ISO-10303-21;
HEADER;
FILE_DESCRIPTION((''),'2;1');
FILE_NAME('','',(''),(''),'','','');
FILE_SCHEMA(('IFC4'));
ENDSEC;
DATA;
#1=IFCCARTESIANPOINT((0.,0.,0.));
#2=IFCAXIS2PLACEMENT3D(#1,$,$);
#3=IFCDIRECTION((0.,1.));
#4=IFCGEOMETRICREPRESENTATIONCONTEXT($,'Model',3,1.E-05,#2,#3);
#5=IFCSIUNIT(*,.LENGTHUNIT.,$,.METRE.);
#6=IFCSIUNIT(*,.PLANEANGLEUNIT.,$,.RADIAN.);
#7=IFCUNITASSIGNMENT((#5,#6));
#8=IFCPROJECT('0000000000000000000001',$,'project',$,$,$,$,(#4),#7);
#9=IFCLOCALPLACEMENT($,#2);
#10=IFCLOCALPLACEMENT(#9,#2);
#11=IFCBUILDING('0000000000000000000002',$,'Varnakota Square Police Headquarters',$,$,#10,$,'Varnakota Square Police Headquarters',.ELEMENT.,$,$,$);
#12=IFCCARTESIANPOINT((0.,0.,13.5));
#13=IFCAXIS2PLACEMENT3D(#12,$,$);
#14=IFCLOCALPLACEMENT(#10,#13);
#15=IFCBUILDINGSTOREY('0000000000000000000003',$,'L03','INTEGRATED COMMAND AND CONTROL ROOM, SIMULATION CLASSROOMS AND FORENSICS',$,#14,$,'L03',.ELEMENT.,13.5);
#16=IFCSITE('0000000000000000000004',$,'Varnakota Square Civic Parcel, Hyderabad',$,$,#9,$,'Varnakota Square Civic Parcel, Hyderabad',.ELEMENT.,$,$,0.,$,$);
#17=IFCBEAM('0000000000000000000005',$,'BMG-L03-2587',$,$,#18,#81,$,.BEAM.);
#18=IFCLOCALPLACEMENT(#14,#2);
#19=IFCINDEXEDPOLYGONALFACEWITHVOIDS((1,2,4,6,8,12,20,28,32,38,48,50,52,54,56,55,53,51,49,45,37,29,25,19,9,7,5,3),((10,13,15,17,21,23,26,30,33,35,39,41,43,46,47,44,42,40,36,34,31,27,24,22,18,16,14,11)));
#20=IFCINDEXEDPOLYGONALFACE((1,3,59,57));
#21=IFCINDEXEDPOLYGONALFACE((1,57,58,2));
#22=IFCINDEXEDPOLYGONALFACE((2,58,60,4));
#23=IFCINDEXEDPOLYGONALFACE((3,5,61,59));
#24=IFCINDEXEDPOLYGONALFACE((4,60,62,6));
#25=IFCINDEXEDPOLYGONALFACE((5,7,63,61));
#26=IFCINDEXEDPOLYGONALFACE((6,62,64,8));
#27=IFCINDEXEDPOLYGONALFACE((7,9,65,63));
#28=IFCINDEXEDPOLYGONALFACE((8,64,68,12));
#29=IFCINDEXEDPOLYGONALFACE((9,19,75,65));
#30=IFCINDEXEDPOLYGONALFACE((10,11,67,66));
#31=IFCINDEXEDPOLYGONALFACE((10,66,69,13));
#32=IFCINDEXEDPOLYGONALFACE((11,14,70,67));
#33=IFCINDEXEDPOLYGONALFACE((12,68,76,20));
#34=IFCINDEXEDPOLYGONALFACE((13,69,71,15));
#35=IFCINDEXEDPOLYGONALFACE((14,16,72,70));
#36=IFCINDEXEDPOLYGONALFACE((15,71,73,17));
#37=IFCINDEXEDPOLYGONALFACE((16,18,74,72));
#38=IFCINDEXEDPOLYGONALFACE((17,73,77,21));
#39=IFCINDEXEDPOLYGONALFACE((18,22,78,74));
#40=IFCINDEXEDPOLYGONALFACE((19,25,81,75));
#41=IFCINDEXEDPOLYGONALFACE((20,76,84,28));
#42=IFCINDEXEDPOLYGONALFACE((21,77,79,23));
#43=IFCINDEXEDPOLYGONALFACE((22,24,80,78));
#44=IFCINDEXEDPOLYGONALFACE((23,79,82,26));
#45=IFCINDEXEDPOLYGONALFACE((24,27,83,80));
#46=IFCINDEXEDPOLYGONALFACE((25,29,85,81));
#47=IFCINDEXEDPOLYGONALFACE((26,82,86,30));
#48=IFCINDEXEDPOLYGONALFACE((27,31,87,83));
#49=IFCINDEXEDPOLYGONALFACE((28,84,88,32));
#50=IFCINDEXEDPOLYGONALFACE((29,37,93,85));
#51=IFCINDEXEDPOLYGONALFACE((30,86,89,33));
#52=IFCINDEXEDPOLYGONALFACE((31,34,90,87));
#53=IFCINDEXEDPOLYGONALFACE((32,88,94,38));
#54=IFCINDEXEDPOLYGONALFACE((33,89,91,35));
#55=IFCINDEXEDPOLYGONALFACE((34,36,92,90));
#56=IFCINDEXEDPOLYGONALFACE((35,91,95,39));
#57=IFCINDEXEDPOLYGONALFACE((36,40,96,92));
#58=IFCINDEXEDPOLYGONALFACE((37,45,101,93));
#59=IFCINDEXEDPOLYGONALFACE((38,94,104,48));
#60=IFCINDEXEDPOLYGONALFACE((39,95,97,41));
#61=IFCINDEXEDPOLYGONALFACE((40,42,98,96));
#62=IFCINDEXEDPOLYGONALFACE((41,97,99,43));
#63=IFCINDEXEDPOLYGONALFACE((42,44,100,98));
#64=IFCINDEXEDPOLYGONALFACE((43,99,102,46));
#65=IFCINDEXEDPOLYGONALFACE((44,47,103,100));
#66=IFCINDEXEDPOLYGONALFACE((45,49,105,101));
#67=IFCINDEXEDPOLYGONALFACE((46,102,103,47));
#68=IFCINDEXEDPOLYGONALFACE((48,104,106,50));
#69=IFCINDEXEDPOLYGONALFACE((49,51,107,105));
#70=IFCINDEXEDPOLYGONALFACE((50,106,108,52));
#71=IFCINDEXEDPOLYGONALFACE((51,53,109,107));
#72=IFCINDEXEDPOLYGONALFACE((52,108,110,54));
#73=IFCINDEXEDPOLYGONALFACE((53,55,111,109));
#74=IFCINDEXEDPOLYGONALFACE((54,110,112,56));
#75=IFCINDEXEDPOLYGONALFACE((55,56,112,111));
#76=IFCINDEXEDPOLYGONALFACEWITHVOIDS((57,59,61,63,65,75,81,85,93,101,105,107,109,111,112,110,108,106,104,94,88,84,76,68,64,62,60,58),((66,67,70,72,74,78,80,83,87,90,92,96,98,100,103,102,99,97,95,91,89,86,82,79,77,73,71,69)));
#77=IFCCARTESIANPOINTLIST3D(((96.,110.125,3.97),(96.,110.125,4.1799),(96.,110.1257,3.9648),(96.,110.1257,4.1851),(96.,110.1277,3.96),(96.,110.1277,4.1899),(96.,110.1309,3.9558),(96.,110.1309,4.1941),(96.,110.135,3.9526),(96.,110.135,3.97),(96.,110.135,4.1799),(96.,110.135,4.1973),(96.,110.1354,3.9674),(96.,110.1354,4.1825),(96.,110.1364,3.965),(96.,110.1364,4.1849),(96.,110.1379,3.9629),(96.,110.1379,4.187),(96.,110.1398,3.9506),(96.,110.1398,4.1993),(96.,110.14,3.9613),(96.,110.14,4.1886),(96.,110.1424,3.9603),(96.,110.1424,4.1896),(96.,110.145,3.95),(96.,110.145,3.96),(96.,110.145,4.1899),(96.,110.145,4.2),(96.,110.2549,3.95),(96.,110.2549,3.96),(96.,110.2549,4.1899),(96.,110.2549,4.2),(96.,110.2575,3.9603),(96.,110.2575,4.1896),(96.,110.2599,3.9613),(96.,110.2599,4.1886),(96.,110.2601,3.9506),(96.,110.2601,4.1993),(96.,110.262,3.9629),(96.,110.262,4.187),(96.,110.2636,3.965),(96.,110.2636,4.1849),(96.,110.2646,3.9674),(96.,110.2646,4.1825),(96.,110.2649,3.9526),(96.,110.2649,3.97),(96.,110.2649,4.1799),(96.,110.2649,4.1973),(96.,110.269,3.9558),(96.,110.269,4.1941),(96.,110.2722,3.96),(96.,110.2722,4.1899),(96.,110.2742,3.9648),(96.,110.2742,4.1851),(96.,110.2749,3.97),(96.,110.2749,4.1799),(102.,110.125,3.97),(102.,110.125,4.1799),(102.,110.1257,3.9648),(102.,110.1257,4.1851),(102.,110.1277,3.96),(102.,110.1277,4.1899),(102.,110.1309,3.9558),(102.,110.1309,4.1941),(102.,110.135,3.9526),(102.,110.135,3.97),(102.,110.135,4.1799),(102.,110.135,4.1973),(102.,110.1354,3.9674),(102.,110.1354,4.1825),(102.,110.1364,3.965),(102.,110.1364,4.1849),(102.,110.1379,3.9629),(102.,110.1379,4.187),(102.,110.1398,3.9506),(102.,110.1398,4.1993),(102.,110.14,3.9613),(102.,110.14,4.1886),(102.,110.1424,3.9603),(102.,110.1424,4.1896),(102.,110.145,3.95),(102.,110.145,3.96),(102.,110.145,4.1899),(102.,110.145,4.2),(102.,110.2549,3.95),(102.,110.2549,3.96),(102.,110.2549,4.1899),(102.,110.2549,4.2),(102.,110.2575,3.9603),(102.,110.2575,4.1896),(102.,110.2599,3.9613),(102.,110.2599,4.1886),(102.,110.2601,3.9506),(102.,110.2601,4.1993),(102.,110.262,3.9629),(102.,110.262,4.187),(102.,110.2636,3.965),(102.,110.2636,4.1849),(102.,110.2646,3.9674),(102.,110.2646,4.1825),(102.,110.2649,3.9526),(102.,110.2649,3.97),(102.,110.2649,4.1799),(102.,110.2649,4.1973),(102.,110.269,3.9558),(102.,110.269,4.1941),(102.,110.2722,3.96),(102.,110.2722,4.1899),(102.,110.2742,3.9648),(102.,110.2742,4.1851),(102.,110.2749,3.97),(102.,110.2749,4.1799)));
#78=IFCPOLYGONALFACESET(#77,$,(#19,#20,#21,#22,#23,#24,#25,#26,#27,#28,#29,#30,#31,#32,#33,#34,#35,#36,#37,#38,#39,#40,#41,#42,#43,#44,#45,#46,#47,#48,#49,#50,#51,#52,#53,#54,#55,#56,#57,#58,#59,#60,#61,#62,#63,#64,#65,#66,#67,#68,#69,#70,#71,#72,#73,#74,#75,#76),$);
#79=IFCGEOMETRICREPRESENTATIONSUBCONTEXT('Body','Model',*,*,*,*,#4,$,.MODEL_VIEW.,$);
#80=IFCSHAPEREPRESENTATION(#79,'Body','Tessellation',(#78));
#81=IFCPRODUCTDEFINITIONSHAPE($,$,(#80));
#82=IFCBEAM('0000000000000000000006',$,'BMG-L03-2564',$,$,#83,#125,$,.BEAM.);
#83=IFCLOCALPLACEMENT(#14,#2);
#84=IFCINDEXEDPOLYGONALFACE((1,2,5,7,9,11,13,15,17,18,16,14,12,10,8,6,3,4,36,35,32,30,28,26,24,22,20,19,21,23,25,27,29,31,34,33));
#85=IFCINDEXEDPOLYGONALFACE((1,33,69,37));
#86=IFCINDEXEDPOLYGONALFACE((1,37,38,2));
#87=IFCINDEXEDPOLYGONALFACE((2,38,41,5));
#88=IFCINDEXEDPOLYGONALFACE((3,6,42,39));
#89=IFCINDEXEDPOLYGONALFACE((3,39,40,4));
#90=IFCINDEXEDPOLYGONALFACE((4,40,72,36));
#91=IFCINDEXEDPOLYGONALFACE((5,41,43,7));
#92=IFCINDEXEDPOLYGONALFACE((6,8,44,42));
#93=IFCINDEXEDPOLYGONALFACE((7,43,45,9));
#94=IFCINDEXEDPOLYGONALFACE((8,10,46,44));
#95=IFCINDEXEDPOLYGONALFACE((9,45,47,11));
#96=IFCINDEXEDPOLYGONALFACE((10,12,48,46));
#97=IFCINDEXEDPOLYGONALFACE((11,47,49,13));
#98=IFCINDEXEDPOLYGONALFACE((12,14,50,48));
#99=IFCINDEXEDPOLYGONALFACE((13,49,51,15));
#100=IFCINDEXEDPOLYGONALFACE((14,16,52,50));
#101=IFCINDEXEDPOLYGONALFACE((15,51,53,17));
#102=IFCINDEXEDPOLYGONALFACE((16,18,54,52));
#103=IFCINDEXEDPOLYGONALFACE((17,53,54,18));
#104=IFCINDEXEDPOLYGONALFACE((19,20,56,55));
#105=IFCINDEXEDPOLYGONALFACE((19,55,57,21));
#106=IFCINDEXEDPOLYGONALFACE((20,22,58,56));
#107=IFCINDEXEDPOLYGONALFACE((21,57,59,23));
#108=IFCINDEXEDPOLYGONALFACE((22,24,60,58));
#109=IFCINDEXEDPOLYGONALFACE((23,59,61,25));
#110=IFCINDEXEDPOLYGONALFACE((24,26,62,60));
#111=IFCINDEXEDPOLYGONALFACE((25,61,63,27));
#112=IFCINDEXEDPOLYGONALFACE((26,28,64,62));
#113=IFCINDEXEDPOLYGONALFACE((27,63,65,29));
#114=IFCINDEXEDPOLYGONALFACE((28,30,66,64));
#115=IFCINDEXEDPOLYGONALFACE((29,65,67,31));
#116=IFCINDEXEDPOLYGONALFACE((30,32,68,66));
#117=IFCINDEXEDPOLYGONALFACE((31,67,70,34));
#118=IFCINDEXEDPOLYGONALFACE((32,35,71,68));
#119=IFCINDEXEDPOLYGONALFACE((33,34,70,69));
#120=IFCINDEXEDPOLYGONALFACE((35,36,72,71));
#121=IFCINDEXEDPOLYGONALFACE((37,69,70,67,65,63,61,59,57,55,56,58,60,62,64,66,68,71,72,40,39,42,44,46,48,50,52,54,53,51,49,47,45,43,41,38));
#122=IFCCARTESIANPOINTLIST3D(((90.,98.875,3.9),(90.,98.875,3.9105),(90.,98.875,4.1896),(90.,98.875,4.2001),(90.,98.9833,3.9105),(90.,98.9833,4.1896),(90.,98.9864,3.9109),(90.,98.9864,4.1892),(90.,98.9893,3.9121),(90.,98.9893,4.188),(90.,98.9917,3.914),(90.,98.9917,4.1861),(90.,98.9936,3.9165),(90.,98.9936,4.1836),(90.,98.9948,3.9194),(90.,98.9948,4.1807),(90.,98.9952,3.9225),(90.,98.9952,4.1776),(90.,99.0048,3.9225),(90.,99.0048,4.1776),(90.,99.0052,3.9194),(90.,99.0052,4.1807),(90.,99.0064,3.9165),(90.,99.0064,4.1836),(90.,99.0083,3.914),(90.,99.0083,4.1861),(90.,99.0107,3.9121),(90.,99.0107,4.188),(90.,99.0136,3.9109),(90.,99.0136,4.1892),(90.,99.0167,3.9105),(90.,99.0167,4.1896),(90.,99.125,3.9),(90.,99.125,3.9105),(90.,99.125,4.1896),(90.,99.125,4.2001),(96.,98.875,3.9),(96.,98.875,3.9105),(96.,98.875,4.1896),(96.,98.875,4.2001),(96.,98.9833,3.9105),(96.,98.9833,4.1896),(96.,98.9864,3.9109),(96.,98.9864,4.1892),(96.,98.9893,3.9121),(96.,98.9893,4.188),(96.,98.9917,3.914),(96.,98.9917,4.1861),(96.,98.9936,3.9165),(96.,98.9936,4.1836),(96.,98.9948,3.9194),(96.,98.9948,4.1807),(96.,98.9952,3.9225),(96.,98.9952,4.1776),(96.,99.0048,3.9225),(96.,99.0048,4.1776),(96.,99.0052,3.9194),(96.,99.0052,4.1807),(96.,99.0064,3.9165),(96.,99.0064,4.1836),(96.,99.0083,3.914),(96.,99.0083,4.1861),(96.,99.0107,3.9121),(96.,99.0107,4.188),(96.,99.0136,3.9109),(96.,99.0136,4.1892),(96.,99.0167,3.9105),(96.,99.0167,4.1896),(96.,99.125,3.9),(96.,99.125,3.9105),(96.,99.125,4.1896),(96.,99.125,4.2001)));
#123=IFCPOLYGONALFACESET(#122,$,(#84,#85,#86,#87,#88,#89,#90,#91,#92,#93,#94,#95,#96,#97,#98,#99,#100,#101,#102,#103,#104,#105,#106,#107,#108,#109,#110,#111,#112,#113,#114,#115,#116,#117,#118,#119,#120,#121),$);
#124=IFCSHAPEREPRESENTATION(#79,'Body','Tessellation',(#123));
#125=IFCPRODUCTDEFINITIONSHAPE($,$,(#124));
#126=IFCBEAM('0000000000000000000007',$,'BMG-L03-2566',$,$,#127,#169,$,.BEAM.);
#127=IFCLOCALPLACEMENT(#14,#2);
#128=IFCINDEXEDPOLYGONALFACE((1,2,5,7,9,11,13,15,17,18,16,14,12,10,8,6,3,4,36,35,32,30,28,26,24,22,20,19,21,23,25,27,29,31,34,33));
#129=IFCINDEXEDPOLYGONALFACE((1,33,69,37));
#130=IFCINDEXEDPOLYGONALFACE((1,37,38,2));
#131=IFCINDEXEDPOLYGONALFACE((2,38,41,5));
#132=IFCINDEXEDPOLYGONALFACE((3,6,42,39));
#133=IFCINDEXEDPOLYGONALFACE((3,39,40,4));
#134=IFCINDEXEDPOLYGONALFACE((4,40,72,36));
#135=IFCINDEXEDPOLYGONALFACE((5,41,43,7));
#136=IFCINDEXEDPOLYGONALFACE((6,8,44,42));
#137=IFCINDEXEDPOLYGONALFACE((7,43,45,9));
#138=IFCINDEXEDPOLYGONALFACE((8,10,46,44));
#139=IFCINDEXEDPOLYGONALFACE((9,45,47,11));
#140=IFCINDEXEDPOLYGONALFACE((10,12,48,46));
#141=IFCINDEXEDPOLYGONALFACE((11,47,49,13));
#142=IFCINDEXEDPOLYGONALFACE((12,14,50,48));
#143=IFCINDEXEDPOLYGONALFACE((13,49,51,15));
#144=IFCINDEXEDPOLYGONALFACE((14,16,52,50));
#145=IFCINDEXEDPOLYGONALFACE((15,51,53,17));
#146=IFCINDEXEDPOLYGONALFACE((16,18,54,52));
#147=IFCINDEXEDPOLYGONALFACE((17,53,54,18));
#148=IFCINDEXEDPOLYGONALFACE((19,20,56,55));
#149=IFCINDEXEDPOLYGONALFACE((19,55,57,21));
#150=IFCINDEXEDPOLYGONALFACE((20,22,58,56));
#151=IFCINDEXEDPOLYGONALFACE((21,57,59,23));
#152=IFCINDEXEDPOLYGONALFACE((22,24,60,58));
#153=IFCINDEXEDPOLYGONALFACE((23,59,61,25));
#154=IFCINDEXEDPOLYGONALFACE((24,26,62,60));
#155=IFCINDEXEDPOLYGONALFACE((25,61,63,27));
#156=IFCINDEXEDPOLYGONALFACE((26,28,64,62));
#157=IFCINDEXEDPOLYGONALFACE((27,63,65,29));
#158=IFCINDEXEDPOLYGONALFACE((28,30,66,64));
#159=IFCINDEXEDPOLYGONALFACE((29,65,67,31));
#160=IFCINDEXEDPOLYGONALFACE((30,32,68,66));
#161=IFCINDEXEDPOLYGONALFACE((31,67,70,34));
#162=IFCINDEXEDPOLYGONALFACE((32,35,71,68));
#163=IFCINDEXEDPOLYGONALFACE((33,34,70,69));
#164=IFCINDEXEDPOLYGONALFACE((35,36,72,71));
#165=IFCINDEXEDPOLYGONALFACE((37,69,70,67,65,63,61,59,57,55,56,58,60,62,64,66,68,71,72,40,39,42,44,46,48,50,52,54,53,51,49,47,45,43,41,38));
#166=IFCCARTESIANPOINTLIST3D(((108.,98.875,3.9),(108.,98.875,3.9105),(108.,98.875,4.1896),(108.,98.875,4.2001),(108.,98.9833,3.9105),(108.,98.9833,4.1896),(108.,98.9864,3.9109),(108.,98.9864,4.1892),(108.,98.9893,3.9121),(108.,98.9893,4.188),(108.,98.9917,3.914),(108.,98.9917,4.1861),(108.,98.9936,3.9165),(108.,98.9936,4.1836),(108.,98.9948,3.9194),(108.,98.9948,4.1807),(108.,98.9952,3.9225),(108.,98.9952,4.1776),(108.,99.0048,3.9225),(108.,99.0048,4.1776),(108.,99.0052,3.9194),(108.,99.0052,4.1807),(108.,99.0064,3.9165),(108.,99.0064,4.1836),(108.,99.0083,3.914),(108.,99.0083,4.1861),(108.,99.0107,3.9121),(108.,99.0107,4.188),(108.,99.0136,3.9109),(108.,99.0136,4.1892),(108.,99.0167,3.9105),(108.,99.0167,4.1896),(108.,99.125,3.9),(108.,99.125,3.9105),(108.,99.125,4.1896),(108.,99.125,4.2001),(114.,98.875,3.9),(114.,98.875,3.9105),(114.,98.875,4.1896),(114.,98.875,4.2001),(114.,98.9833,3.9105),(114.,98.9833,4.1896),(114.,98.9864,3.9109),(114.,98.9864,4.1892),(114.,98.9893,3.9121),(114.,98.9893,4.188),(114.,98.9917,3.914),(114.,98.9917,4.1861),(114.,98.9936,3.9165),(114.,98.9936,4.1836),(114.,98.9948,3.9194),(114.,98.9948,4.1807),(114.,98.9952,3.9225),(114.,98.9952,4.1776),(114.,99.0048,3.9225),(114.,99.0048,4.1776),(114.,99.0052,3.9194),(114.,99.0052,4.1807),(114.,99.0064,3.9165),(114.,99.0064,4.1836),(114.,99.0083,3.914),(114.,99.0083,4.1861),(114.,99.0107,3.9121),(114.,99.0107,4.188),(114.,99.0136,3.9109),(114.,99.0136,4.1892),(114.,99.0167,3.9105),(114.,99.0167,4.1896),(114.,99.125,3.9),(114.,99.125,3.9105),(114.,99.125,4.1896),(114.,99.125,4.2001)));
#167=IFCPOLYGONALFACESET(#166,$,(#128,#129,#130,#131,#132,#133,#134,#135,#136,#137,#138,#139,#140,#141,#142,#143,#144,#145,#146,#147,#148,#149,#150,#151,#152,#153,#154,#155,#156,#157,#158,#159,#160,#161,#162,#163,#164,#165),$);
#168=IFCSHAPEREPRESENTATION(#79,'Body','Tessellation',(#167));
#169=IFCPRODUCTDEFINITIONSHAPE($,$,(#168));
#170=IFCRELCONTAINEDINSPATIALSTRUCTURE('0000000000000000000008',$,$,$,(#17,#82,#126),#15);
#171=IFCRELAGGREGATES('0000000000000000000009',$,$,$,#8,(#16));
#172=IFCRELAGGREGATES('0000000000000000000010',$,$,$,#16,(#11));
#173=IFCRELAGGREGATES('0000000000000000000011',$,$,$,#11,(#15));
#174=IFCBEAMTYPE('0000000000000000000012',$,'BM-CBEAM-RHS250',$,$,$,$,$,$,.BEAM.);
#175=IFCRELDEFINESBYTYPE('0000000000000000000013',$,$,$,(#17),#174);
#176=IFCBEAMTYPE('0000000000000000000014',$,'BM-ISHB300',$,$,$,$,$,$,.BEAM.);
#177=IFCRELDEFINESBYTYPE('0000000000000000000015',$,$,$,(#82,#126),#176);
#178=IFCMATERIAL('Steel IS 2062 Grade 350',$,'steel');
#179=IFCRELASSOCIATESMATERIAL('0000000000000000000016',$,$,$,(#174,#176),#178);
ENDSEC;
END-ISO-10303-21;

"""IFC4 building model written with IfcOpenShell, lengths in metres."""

from ifc_helpers import new_model, si_unit, direction, frame, origin, origin_2d, place, context, subcontext, project, spatial, hollow_rectangle, i_section, extrude, material, material_profile, profile_set, type_object, element, save


model = new_model("IFC4")

# Units and contexts
model_context = context("Model", 3, precision=1e-05, world=origin(), true_north=direction((0.0, 1.0)))
body_context = subcontext(model_context, "Body", "Model", "MODEL_VIEW")
ifc_project = project(units=[si_unit("LENGTHUNIT", "METRE"), si_unit("PLANEANGLEUNIT", "RADIAN")], contexts=[model_context])

# Site, building, storey
site_placement = place(None, origin())
site = spatial("IfcSite", under=ifc_project, at=site_placement, Name="Varnakota Square Civic Parcel, Hyderabad", LongName="Varnakota Square Civic Parcel, Hyderabad", CompositionType="ELEMENT", RefElevation=0.0)
building_placement = place(site_placement, origin())
building = spatial("IfcBuilding", under=site, at=building_placement, Name="Varnakota Square Police Headquarters", LongName="Varnakota Square Police Headquarters", CompositionType="ELEMENT")
storey_placement = place(building_placement, frame((0.0, 0.0, 13.5)))
storey = spatial("IfcBuildingStorey", under=building, at=storey_placement, Name="L03", Description="INTEGRATED COMMAND AND CONTROL ROOM, SIMULATION CLASSROOMS AND FORENSICS", LongName="L03", CompositionType="ELEMENT", Elevation=13.5)

# Shared definitions
ifc_material_1 = material(Name="Steel IS 2062 Grade 350", Category="steel")

# Beams
ifc_material_profile_1 = material_profile(ifc_material_1, hollow_rectangle(XDim=0.1499, YDim=0.25, WallThickness=0.01, InnerFilletRadius=0.01, OuterFilletRadius=0.02, at=origin_2d()), Name="RHS 250x150x10")
ifc_profile_set_1 = profile_set([ifc_material_profile_1], Name="Steel IS 2062 Grade 350")
beam_type_1 = type_object("IfcBeamType", Name="BM-CBEAM-RHS250", PredefinedType="BEAM", material=ifc_profile_set_1)
beam_1_placement = place(storey_placement, frame((96.0, 110.2, 4.075), z_axis=(1.0, 0.0, 0.0), x_axis=(0.0, 1.0, 0.0)))
element("IfcBeam", 1, at=beam_1_placement, inside=storey, type_object=beam_type_1, Name="BMG-L03-2587", PredefinedType="BEAM", context=body_context, shape_type="SweptSolid", body=[
    extrude(hollow_rectangle(XDim=0.1499, YDim=0.25, WallThickness=0.01, InnerFilletRadius=0.01, OuterFilletRadius=0.02, at=origin_2d()), origin(), (0.0, 0.0, 1.0), 6.0),
])
ifc_material_profile_2 = material_profile(ifc_material_1, i_section(OverallWidth=0.25, OverallDepth=0.3, WebThickness=0.0095, FlangeThickness=0.0105, FilletRadius=0.012, at=origin_2d()), Name="ISHB 300")
ifc_profile_set_2 = profile_set([ifc_material_profile_2], Name="Steel IS 2062 Grade 350")
beam_type_2 = type_object("IfcBeamType", Name="BM-ISHB300", PredefinedType="BEAM", material=ifc_profile_set_2)
for number, where, z_axis, x_axis, name in (
    (2, (90.0, 99.0, 4.05), (1.0, 0.0, 0.0), (0.0, 1.0, 0.0), "BMG-L03-2564"),
    (3, (108.0, 99.0, 4.05), (1.0, 0.0, 0.0), (0.0, 1.0, 0.0), "BMG-L03-2566"),
):
    element("IfcBeam", number, at=place(storey_placement, frame(where, z_axis=z_axis, x_axis=x_axis)), inside=storey, type_object=beam_type_2, Name=name, PredefinedType="BEAM", context=body_context, shape_type="SweptSolid", body=[
        extrude(i_section(OverallWidth=0.25, OverallDepth=0.3, WebThickness=0.0095, FlangeThickness=0.0105, FilletRadius=0.012, at=origin_2d()), origin(), (0.0, 0.0, 1.0), 6.0),
    ])

save(model, "model.ifc")
